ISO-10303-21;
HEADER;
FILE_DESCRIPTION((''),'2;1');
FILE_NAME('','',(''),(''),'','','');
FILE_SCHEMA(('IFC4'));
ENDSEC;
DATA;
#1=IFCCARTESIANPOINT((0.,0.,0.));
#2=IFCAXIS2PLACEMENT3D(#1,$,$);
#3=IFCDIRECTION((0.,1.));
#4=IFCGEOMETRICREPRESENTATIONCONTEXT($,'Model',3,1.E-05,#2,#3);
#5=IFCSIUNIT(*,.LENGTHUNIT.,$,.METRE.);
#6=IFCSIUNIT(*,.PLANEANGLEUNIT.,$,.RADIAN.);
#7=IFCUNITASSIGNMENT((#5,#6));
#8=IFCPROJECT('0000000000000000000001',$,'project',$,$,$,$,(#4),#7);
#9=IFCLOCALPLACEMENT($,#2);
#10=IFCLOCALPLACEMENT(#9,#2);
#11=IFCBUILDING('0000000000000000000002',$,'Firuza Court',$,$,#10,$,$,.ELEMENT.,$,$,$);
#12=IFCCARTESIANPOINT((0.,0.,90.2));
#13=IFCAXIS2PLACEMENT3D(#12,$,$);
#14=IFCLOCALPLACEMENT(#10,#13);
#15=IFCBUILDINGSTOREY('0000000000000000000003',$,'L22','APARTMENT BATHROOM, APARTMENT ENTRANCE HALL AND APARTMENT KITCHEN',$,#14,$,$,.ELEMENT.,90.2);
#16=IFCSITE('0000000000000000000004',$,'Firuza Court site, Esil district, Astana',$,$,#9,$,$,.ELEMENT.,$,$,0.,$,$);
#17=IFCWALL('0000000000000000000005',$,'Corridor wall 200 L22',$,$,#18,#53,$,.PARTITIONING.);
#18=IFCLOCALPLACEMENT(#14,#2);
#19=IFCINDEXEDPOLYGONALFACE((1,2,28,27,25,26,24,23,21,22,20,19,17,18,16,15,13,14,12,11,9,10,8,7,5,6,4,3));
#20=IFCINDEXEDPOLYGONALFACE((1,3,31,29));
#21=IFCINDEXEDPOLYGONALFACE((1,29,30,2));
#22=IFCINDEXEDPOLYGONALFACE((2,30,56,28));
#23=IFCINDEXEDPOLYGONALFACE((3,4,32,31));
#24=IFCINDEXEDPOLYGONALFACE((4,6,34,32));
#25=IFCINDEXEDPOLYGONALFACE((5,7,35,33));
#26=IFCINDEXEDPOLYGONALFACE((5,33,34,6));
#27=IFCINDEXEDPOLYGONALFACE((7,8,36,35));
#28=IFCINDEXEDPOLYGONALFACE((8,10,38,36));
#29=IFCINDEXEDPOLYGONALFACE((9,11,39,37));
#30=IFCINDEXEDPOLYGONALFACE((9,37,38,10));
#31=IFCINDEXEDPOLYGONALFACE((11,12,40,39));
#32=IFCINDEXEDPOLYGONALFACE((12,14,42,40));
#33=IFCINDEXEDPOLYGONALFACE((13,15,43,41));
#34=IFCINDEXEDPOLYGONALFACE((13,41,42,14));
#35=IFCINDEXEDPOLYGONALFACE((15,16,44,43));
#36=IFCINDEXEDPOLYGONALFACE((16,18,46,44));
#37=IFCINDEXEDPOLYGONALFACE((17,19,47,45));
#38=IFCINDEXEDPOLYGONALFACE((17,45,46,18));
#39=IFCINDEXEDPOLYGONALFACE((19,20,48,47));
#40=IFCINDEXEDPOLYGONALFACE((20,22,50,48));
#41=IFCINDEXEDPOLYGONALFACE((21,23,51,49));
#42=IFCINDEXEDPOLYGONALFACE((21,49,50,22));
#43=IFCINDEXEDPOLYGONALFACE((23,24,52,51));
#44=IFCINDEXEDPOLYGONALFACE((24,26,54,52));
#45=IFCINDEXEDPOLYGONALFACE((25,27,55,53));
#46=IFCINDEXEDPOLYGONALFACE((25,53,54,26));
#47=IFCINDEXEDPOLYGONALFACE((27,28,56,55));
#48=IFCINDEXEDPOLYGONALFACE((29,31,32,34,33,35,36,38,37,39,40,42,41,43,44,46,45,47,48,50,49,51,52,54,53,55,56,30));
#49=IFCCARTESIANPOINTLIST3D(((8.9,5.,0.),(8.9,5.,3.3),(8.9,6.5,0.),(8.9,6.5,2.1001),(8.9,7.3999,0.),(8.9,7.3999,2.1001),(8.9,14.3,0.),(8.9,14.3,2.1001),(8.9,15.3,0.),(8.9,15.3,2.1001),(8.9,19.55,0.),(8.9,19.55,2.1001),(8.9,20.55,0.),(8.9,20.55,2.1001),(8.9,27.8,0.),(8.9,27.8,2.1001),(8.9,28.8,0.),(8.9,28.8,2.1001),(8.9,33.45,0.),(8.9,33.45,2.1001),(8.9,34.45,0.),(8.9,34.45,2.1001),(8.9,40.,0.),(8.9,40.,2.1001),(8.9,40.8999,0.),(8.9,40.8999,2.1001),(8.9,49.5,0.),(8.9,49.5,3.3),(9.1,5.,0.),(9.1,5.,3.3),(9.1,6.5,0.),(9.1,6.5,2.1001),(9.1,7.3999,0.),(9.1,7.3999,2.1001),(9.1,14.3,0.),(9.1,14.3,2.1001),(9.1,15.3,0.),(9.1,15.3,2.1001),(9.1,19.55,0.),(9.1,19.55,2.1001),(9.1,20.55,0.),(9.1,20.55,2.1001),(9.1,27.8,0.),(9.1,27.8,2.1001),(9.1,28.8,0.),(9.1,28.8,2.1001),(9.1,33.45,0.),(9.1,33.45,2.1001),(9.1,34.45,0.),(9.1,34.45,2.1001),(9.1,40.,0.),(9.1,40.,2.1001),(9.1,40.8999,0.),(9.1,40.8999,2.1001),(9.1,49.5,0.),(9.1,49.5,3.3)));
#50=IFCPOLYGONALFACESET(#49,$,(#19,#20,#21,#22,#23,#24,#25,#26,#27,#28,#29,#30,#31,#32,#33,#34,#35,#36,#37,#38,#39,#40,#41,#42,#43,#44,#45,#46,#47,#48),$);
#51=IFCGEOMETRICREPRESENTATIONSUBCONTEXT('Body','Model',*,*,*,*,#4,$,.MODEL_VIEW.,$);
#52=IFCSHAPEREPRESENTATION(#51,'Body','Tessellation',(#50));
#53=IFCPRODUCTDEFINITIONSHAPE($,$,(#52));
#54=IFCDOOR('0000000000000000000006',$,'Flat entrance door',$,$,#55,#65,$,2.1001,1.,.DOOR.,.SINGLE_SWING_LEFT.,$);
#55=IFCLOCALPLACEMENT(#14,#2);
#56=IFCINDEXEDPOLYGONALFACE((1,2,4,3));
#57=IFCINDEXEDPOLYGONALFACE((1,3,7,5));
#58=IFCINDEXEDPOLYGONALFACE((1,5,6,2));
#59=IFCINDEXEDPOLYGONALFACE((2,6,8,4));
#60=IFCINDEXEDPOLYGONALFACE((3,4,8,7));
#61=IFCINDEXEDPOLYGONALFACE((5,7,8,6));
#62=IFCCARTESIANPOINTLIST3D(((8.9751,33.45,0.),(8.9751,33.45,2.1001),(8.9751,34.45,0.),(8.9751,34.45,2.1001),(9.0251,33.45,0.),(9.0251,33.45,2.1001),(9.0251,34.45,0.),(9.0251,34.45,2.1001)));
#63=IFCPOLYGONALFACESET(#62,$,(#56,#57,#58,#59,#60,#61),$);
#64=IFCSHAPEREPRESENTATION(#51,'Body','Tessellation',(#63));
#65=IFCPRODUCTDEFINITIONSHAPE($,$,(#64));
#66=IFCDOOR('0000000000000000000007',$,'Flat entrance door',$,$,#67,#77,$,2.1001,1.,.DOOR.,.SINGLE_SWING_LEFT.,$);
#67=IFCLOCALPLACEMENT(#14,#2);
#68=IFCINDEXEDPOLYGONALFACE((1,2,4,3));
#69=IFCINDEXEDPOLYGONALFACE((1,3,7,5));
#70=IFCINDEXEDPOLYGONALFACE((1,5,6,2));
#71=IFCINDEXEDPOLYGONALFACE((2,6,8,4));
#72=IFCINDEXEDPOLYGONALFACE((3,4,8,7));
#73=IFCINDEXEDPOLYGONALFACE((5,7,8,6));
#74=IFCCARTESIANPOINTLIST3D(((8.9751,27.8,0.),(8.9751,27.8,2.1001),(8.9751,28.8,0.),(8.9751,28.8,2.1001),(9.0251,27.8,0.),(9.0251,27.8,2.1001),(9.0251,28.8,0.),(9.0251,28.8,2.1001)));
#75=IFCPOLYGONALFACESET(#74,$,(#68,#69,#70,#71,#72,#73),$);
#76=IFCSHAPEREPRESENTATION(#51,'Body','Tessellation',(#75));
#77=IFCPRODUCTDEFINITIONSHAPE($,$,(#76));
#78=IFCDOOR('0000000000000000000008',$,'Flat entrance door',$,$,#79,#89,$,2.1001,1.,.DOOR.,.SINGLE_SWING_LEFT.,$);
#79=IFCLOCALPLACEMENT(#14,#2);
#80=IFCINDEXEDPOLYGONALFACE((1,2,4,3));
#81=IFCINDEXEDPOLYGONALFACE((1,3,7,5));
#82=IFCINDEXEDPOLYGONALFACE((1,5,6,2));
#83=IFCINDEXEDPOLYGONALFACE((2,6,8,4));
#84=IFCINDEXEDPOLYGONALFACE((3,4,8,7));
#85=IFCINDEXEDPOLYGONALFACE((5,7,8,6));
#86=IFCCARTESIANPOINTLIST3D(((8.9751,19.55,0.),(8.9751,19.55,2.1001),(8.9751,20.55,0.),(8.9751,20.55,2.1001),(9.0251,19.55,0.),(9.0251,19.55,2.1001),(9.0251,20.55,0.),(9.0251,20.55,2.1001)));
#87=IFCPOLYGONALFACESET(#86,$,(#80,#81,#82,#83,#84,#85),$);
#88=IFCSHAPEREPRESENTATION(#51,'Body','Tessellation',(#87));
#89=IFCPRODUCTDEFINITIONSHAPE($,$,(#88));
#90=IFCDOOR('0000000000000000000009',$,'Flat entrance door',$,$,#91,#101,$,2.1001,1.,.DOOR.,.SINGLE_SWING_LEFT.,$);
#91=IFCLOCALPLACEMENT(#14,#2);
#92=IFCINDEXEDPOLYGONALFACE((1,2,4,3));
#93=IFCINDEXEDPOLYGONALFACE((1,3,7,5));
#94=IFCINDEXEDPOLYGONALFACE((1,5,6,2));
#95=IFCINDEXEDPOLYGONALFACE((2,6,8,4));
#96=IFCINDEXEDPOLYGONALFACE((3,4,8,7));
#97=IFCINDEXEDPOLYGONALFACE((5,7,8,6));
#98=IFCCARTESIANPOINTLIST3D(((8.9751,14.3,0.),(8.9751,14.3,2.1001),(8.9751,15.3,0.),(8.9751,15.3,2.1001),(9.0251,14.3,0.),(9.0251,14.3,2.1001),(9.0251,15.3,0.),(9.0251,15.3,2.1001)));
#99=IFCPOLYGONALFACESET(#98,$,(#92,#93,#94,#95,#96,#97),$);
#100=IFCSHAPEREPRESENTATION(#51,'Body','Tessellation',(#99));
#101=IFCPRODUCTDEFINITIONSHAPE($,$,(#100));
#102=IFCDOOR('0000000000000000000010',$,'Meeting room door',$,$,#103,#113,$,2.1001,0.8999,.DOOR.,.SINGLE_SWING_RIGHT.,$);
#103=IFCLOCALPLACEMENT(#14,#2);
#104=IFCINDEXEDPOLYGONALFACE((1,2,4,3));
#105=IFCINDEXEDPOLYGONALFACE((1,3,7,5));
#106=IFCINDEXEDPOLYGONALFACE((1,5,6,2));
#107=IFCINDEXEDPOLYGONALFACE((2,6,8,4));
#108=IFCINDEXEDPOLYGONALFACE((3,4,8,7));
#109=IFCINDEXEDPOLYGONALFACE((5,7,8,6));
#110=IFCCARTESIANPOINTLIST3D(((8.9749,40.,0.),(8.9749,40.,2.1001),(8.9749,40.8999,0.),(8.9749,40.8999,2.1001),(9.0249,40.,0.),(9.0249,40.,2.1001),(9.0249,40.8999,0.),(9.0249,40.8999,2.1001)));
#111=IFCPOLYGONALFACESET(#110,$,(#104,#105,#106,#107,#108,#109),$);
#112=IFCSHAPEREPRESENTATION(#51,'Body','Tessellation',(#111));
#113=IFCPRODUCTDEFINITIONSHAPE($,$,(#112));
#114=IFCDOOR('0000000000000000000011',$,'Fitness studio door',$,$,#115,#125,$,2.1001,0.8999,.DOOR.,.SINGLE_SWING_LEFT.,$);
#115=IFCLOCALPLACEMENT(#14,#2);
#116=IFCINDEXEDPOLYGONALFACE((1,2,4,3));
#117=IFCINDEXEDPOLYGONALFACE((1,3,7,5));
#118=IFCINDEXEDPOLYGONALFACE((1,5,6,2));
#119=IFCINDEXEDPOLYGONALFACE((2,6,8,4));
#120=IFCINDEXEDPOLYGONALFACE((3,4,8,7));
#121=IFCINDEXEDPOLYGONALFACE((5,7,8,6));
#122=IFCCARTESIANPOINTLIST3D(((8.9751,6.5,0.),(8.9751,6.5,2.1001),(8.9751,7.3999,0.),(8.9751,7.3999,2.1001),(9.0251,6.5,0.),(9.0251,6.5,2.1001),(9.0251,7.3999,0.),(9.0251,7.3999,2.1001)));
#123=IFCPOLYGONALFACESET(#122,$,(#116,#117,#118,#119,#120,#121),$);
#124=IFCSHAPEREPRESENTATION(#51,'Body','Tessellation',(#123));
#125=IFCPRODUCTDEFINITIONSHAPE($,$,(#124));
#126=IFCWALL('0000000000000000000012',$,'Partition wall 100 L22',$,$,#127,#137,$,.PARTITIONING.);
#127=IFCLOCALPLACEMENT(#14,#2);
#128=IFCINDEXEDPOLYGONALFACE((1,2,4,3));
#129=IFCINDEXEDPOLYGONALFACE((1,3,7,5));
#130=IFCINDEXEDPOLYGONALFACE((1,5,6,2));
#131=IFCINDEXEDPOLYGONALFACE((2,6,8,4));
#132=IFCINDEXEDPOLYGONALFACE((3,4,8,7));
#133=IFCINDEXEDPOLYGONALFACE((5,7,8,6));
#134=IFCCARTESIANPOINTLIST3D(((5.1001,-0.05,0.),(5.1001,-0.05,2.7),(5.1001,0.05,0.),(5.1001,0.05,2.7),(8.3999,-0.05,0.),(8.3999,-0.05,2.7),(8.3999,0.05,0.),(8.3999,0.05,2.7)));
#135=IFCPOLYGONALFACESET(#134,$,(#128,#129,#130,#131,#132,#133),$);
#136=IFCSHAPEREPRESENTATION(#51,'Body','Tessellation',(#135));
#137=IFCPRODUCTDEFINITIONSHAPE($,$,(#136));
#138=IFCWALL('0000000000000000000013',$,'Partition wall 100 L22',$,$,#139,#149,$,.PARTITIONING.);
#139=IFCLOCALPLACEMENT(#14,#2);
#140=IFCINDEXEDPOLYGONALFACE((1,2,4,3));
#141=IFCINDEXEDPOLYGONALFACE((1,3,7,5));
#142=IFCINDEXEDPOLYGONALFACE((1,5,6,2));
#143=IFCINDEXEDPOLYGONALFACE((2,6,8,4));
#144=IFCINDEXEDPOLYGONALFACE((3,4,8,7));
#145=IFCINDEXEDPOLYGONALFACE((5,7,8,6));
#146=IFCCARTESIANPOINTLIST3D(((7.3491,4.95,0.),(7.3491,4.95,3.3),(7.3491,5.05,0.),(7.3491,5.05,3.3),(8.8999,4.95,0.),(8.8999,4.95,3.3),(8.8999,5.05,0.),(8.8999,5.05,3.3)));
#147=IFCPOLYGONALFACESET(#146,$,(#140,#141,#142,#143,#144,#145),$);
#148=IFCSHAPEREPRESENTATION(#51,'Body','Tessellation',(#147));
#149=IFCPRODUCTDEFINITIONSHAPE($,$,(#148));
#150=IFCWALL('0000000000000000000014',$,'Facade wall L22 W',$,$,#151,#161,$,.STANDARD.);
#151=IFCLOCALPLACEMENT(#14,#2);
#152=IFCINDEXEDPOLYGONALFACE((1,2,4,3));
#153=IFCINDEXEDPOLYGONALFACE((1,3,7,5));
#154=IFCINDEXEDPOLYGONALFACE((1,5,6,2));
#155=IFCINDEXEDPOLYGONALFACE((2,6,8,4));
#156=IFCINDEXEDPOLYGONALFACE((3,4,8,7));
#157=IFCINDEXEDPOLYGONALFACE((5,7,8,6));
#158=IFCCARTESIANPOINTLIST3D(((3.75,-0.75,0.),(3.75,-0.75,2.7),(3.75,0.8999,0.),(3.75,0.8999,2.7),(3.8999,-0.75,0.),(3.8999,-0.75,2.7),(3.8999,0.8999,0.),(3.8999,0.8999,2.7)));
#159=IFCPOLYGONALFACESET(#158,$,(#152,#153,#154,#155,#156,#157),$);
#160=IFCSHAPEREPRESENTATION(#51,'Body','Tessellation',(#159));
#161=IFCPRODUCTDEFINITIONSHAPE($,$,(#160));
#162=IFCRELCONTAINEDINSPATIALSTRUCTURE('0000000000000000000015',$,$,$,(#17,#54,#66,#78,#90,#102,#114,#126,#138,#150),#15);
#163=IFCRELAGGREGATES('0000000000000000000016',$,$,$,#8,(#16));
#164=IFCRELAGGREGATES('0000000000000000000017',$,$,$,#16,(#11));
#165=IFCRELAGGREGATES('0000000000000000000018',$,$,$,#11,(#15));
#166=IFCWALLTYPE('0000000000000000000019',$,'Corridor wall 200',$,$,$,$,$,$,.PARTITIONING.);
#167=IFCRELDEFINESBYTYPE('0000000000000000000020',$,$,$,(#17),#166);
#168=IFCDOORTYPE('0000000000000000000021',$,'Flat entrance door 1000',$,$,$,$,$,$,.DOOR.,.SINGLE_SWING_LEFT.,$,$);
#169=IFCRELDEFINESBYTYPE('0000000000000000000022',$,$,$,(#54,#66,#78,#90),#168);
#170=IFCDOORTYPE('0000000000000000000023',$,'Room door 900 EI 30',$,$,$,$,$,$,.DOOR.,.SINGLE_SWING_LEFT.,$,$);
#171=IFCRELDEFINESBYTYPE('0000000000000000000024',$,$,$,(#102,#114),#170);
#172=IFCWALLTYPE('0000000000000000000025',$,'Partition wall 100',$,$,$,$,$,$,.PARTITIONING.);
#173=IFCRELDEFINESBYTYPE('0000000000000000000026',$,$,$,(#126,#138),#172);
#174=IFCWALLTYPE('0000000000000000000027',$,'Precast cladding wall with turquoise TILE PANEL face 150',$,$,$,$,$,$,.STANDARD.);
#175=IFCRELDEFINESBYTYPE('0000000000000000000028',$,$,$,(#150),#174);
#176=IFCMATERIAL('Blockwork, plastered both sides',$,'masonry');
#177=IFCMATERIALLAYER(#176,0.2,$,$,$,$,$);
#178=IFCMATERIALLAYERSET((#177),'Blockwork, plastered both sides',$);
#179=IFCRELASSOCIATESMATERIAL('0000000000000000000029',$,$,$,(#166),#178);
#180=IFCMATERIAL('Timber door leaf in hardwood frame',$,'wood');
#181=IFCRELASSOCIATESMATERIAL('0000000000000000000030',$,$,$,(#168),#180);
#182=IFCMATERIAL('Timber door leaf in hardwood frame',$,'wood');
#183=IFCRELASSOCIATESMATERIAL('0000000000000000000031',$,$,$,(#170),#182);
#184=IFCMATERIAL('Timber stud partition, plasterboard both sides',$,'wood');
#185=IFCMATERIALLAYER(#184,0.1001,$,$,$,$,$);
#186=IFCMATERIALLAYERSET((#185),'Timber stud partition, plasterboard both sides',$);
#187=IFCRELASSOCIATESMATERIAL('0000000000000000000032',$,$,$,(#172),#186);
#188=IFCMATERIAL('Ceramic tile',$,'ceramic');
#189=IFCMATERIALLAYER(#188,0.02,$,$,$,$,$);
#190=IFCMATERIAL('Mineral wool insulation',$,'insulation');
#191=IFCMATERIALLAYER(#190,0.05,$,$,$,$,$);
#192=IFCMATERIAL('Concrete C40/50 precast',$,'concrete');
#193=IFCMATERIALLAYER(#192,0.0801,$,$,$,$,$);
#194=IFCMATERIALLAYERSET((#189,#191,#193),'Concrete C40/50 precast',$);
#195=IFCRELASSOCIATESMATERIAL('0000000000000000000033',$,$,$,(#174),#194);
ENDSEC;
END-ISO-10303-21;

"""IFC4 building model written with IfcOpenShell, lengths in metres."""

from ifc_helpers import new_model, si_unit, direction, frame, frame_2d, origin, place, context, subcontext, project, spatial, rectangle, extrude, material, layer, layer_set, type_object, element, fill, save


model = new_model("IFC4")

# Units and contexts
model_context = context("Model", 3, precision=1e-05, world=origin(), true_north=direction((0.0, 1.0)))
body_context = subcontext(model_context, "Body", "Model", "MODEL_VIEW")
ifc_project = project(units=[si_unit("LENGTHUNIT", "METRE"), si_unit("PLANEANGLEUNIT", "RADIAN")], contexts=[model_context])

# Site, building, storey
site_placement = place(None, origin())
site = spatial("IfcSite", under=ifc_project, at=site_placement, Name="Firuza Court site, Esil district, Astana", CompositionType="ELEMENT", RefElevation=0.0)
building_placement = place(site_placement, origin())
building = spatial("IfcBuilding", under=site, at=building_placement, Name="Firuza Court", CompositionType="ELEMENT")
storey_placement = place(building_placement, frame((0.0, 0.0, 90.2)))
storey = spatial("IfcBuildingStorey", under=building, at=storey_placement, Name="L22", Description="APARTMENT BATHROOM, APARTMENT ENTRANCE HALL AND APARTMENT KITCHEN", CompositionType="ELEMENT", Elevation=90.2)

# Wall, openings, doors
ifc_material_1 = material(Name="Blockwork, plastered both sides", Category="masonry")
ifc_layer_1 = layer(ifc_material_1, 0.2)
ifc_layer_set_1 = layer_set([ifc_layer_1], Name="Blockwork, plastered both sides")
wall_type_1 = type_object("IfcWallType", Name="Corridor wall 200", PredefinedType="PARTITIONING", material=ifc_layer_set_1)
wall_1_placement = place(storey_placement, frame((9.0, 5.0, 0.0), z_axis=(0.0, 0.0, 1.0), x_axis=(0.0, 1.0, 0.0)))
wall_1 = element("IfcWall", 1, at=wall_1_placement, inside=storey, type_object=wall_type_1, Name="Corridor wall 200 L22", PredefinedType="PARTITIONING", context=body_context, shape_type="SweptSolid", body=[
    extrude(rectangle(XDim=44.5, YDim=0.2, at=frame_2d((22.25, 0.0))), origin(), (0.0, 0.0, 1.0), 3.3),
])
opening_1_placement = place(wall_1_placement, frame((28.45, 0.0, 0.0)))
opening_1 = element("IfcOpeningElement", 2, at=opening_1_placement, cuts=wall_1, PredefinedType="OPENING", context=body_context, shape_type="SweptSolid", body=[
    extrude(rectangle(XDim=1.0, YDim=2.1001, at=frame_2d((0.5, 1.05))), frame((0.0, 0.1118, 0.0), z_axis=(0.0, -1.0, 0.0), x_axis=(1.0, 0.0, 0.0)), (0.0, 0.0, 1.0), 0.2239),
])
opening_2_placement = place(wall_1_placement, frame((22.8, 0.0, 0.0)))
opening_2 = element("IfcOpeningElement", 3, at=opening_2_placement, cuts=wall_1, PredefinedType="OPENING", context=body_context, shape_type="SweptSolid", body=[
    extrude(rectangle(XDim=1.0, YDim=2.1001, at=frame_2d((0.5, 1.05))), frame((0.0, 0.1118, 0.0), z_axis=(0.0, -1.0, 0.0), x_axis=(1.0, 0.0, 0.0)), (0.0, 0.0, 1.0), 0.2239),
])
opening_3_placement = place(wall_1_placement, frame((14.55, 0.0, 0.0)))
opening_3 = element("IfcOpeningElement", 4, at=opening_3_placement, cuts=wall_1, PredefinedType="OPENING", context=body_context, shape_type="SweptSolid", body=[
    extrude(rectangle(XDim=1.0, YDim=2.1001, at=frame_2d((0.5, 1.05))), frame((0.0, 0.1118, 0.0), z_axis=(0.0, -1.0, 0.0), x_axis=(1.0, 0.0, 0.0)), (0.0, 0.0, 1.0), 0.2239),
])
opening_4_placement = place(wall_1_placement, frame((9.3, 0.0, 0.0)))
opening_4 = element("IfcOpeningElement", 5, at=opening_4_placement, cuts=wall_1, PredefinedType="OPENING", context=body_context, shape_type="SweptSolid", body=[
    extrude(rectangle(XDim=1.0, YDim=2.1001, at=frame_2d((0.5, 1.05))), frame((0.0, 0.1118, 0.0), z_axis=(0.0, -1.0, 0.0), x_axis=(1.0, 0.0, 0.0)), (0.0, 0.0, 1.0), 0.2239),
])
opening_5_placement = place(wall_1_placement, frame((35.0, 0.0, 0.0)))
opening_5 = element("IfcOpeningElement", 6, at=opening_5_placement, cuts=wall_1, PredefinedType="OPENING", context=body_context, shape_type="SweptSolid", body=[
    extrude(rectangle(XDim=0.8999, YDim=2.1001, at=frame_2d((0.45, 1.05))), frame((0.0, 0.1118, 0.0), z_axis=(0.0, -1.0, 0.0), x_axis=(1.0, 0.0, 0.0)), (0.0, 0.0, 1.0), 0.2239),
])
opening_6_placement = place(wall_1_placement, frame((1.5, 0.0, 0.0)))
opening_6 = element("IfcOpeningElement", 7, at=opening_6_placement, cuts=wall_1, PredefinedType="OPENING", context=body_context, shape_type="SweptSolid", body=[
    extrude(rectangle(XDim=0.8999, YDim=2.1001, at=frame_2d((0.45, 1.05))), frame((0.0, 0.1118, 0.0), z_axis=(0.0, -1.0, 0.0), x_axis=(1.0, 0.0, 0.0)), (0.0, 0.0, 1.0), 0.2239),
])
ifc_material_2 = material(Name="Timber door leaf in hardwood frame", Category="wood")
door_type_1 = type_object("IfcDoorType", Name="Flat entrance door 1000", OperationType="SINGLE_SWING_LEFT", PredefinedType="DOOR", material=ifc_material_2)
door_1_placement = place(opening_1_placement, origin())
door_1 = element("IfcDoor", 8, at=door_1_placement, inside=storey, type_object=door_type_1, Name="Flat entrance door", OperationType="SINGLE_SWING_LEFT", OverallHeight=2.1001, OverallWidth=1.0, PredefinedType="DOOR", context=body_context, shape_type="SweptSolid", body=[
    extrude(rectangle(XDim=1.0, YDim=2.1001, at=frame_2d((0.5, 1.05))), frame((0.0, 0.0249, 0.0), z_axis=(0.0, -1.0, 0.0), x_axis=(1.0, 0.0, 0.0)), (0.0, 0.0, 1.0), 0.05),
])
fill(opening_1, door_1)
door_2_placement = place(opening_2_placement, origin())
door_2 = element("IfcDoor", 9, at=door_2_placement, inside=storey, type_object=door_type_1, Name="Flat entrance door", OperationType="SINGLE_SWING_LEFT", OverallHeight=2.1001, OverallWidth=1.0, PredefinedType="DOOR", context=body_context, shape_type="SweptSolid", body=[
    extrude(rectangle(XDim=1.0, YDim=2.1001, at=frame_2d((0.5, 1.05))), frame((0.0, 0.0249, 0.0), z_axis=(0.0, -1.0, 0.0), x_axis=(1.0, 0.0, 0.0)), (0.0, 0.0, 1.0), 0.05),
])
fill(opening_2, door_2)
door_3_placement = place(opening_3_placement, origin())
door_3 = element("IfcDoor", 10, at=door_3_placement, inside=storey, type_object=door_type_1, Name="Flat entrance door", OperationType="SINGLE_SWING_LEFT", OverallHeight=2.1001, OverallWidth=1.0, PredefinedType="DOOR", context=body_context, shape_type="SweptSolid", body=[
    extrude(rectangle(XDim=1.0, YDim=2.1001, at=frame_2d((0.5, 1.05))), frame((0.0, 0.0249, 0.0), z_axis=(0.0, -1.0, 0.0), x_axis=(1.0, 0.0, 0.0)), (0.0, 0.0, 1.0), 0.05),
])
fill(opening_3, door_3)
door_4_placement = place(opening_4_placement, origin())
door_4 = element("IfcDoor", 11, at=door_4_placement, inside=storey, type_object=door_type_1, Name="Flat entrance door", OperationType="SINGLE_SWING_LEFT", OverallHeight=2.1001, OverallWidth=1.0, PredefinedType="DOOR", context=body_context, shape_type="SweptSolid", body=[
    extrude(rectangle(XDim=1.0, YDim=2.1001, at=frame_2d((0.5, 1.05))), frame((0.0, 0.0249, 0.0), z_axis=(0.0, -1.0, 0.0), x_axis=(1.0, 0.0, 0.0)), (0.0, 0.0, 1.0), 0.05),
])
fill(opening_4, door_4)
ifc_material_3 = material(Name="Timber door leaf in hardwood frame", Category="wood")
door_type_2 = type_object("IfcDoorType", Name="Room door 900 EI 30", OperationType="SINGLE_SWING_LEFT", PredefinedType="DOOR", material=ifc_material_3)
door_5_placement = place(opening_5_placement, frame((0.8999, 0.0, 0.0), z_axis=(0.0, 0.0, 1.0), x_axis=(-1.0, 0.0, 0.0)))
door_5 = element("IfcDoor", 12, at=door_5_placement, inside=storey, type_object=door_type_2, Name="Meeting room door", OperationType="SINGLE_SWING_RIGHT", OverallHeight=2.1001, OverallWidth=0.8999, PredefinedType="DOOR", context=body_context, shape_type="SweptSolid", body=[
    extrude(rectangle(XDim=0.8999, YDim=2.1001, at=frame_2d((0.45, 1.05))), frame((0.0, 0.0249, 0.0), z_axis=(0.0, -1.0, 0.0), x_axis=(1.0, 0.0, 0.0)), (0.0, 0.0, 1.0), 0.05),
])
fill(opening_5, door_5)
door_6_placement = place(opening_6_placement, origin())
door_6 = element("IfcDoor", 13, at=door_6_placement, inside=storey, type_object=door_type_2, Name="Fitness studio door", OperationType="SINGLE_SWING_LEFT", OverallHeight=2.1001, OverallWidth=0.8999, PredefinedType="DOOR", context=body_context, shape_type="SweptSolid", body=[
    extrude(rectangle(XDim=0.8999, YDim=2.1001, at=frame_2d((0.45, 1.05))), frame((0.0, 0.0249, 0.0), z_axis=(0.0, -1.0, 0.0), x_axis=(1.0, 0.0, 0.0)), (0.0, 0.0, 1.0), 0.05),
])
fill(opening_6, door_6)

# Walls
ifc_material_4 = material(Name="Timber stud partition, plasterboard both sides", Category="wood")
ifc_layer_2 = layer(ifc_material_4, 0.1001)
ifc_layer_set_2 = layer_set([ifc_layer_2], Name="Timber stud partition, plasterboard both sides")
wall_type_2 = type_object("IfcWallType", Name="Partition wall 100", PredefinedType="PARTITIONING", material=ifc_layer_set_2)
wall_2_placement = place(storey_placement, frame((5.1001, 0.0, 0.0), z_axis=(0.0, 0.0, 1.0), x_axis=(1.0, 0.0, 0.0)))
element("IfcWall", 14, at=wall_2_placement, inside=storey, type_object=wall_type_2, Name="Partition wall 100 L22", PredefinedType="PARTITIONING", context=body_context, shape_type="SweptSolid", body=[
    extrude(rectangle(XDim=3.2998, YDim=0.1001, at=frame_2d((1.6499, 0.0))), origin(), (0.0, 0.0, 1.0), 2.7),
])
wall_3_placement = place(storey_placement, frame((7.3491, 5.0, 0.0), z_axis=(0.0, 0.0, 1.0), x_axis=(1.0, 0.0, 0.0)))
element("IfcWall", 15, at=wall_3_placement, inside=storey, type_object=wall_type_2, Name="Partition wall 100 L22", PredefinedType="PARTITIONING", context=body_context, shape_type="SweptSolid", body=[
    extrude(rectangle(XDim=1.5508, YDim=0.1001, at=frame_2d((0.7754, 0.0))), origin(), (0.0, 0.0, 1.0), 3.3),
])
ifc_material_5 = material(Name="Ceramic tile", Category="ceramic")
ifc_layer_3 = layer(ifc_material_5, 0.02)
ifc_material_6 = material(Name="Mineral wool insulation", Category="insulation")
ifc_layer_4 = layer(ifc_material_6, 0.05)
ifc_material_7 = material(Name="Concrete C40/50 precast", Category="concrete")
ifc_layer_5 = layer(ifc_material_7, 0.0801)
ifc_layer_set_3 = layer_set([ifc_layer_3, ifc_layer_4, ifc_layer_5], Name="Concrete C40/50 precast")
wall_type_3 = type_object("IfcWallType", Name="Precast cladding wall with turquoise TILE PANEL face 150", PredefinedType="STANDARD", material=ifc_layer_set_3)
wall_4_placement = place(storey_placement, frame((3.825, 0.8999, 0.0), z_axis=(0.0, 0.0, 1.0), x_axis=(0.0, -1.0, 0.0)))
element("IfcWall", 16, at=wall_4_placement, inside=storey, type_object=wall_type_3, Name="Facade wall L22 W", PredefinedType="STANDARD", context=body_context, shape_type="SweptSolid", body=[
    extrude(rectangle(XDim=1.6499, YDim=0.1499, at=frame_2d((0.825, 0.0))), origin(), (0.0, 0.0, 1.0), 2.7),
])

save(model, "model.ifc")
